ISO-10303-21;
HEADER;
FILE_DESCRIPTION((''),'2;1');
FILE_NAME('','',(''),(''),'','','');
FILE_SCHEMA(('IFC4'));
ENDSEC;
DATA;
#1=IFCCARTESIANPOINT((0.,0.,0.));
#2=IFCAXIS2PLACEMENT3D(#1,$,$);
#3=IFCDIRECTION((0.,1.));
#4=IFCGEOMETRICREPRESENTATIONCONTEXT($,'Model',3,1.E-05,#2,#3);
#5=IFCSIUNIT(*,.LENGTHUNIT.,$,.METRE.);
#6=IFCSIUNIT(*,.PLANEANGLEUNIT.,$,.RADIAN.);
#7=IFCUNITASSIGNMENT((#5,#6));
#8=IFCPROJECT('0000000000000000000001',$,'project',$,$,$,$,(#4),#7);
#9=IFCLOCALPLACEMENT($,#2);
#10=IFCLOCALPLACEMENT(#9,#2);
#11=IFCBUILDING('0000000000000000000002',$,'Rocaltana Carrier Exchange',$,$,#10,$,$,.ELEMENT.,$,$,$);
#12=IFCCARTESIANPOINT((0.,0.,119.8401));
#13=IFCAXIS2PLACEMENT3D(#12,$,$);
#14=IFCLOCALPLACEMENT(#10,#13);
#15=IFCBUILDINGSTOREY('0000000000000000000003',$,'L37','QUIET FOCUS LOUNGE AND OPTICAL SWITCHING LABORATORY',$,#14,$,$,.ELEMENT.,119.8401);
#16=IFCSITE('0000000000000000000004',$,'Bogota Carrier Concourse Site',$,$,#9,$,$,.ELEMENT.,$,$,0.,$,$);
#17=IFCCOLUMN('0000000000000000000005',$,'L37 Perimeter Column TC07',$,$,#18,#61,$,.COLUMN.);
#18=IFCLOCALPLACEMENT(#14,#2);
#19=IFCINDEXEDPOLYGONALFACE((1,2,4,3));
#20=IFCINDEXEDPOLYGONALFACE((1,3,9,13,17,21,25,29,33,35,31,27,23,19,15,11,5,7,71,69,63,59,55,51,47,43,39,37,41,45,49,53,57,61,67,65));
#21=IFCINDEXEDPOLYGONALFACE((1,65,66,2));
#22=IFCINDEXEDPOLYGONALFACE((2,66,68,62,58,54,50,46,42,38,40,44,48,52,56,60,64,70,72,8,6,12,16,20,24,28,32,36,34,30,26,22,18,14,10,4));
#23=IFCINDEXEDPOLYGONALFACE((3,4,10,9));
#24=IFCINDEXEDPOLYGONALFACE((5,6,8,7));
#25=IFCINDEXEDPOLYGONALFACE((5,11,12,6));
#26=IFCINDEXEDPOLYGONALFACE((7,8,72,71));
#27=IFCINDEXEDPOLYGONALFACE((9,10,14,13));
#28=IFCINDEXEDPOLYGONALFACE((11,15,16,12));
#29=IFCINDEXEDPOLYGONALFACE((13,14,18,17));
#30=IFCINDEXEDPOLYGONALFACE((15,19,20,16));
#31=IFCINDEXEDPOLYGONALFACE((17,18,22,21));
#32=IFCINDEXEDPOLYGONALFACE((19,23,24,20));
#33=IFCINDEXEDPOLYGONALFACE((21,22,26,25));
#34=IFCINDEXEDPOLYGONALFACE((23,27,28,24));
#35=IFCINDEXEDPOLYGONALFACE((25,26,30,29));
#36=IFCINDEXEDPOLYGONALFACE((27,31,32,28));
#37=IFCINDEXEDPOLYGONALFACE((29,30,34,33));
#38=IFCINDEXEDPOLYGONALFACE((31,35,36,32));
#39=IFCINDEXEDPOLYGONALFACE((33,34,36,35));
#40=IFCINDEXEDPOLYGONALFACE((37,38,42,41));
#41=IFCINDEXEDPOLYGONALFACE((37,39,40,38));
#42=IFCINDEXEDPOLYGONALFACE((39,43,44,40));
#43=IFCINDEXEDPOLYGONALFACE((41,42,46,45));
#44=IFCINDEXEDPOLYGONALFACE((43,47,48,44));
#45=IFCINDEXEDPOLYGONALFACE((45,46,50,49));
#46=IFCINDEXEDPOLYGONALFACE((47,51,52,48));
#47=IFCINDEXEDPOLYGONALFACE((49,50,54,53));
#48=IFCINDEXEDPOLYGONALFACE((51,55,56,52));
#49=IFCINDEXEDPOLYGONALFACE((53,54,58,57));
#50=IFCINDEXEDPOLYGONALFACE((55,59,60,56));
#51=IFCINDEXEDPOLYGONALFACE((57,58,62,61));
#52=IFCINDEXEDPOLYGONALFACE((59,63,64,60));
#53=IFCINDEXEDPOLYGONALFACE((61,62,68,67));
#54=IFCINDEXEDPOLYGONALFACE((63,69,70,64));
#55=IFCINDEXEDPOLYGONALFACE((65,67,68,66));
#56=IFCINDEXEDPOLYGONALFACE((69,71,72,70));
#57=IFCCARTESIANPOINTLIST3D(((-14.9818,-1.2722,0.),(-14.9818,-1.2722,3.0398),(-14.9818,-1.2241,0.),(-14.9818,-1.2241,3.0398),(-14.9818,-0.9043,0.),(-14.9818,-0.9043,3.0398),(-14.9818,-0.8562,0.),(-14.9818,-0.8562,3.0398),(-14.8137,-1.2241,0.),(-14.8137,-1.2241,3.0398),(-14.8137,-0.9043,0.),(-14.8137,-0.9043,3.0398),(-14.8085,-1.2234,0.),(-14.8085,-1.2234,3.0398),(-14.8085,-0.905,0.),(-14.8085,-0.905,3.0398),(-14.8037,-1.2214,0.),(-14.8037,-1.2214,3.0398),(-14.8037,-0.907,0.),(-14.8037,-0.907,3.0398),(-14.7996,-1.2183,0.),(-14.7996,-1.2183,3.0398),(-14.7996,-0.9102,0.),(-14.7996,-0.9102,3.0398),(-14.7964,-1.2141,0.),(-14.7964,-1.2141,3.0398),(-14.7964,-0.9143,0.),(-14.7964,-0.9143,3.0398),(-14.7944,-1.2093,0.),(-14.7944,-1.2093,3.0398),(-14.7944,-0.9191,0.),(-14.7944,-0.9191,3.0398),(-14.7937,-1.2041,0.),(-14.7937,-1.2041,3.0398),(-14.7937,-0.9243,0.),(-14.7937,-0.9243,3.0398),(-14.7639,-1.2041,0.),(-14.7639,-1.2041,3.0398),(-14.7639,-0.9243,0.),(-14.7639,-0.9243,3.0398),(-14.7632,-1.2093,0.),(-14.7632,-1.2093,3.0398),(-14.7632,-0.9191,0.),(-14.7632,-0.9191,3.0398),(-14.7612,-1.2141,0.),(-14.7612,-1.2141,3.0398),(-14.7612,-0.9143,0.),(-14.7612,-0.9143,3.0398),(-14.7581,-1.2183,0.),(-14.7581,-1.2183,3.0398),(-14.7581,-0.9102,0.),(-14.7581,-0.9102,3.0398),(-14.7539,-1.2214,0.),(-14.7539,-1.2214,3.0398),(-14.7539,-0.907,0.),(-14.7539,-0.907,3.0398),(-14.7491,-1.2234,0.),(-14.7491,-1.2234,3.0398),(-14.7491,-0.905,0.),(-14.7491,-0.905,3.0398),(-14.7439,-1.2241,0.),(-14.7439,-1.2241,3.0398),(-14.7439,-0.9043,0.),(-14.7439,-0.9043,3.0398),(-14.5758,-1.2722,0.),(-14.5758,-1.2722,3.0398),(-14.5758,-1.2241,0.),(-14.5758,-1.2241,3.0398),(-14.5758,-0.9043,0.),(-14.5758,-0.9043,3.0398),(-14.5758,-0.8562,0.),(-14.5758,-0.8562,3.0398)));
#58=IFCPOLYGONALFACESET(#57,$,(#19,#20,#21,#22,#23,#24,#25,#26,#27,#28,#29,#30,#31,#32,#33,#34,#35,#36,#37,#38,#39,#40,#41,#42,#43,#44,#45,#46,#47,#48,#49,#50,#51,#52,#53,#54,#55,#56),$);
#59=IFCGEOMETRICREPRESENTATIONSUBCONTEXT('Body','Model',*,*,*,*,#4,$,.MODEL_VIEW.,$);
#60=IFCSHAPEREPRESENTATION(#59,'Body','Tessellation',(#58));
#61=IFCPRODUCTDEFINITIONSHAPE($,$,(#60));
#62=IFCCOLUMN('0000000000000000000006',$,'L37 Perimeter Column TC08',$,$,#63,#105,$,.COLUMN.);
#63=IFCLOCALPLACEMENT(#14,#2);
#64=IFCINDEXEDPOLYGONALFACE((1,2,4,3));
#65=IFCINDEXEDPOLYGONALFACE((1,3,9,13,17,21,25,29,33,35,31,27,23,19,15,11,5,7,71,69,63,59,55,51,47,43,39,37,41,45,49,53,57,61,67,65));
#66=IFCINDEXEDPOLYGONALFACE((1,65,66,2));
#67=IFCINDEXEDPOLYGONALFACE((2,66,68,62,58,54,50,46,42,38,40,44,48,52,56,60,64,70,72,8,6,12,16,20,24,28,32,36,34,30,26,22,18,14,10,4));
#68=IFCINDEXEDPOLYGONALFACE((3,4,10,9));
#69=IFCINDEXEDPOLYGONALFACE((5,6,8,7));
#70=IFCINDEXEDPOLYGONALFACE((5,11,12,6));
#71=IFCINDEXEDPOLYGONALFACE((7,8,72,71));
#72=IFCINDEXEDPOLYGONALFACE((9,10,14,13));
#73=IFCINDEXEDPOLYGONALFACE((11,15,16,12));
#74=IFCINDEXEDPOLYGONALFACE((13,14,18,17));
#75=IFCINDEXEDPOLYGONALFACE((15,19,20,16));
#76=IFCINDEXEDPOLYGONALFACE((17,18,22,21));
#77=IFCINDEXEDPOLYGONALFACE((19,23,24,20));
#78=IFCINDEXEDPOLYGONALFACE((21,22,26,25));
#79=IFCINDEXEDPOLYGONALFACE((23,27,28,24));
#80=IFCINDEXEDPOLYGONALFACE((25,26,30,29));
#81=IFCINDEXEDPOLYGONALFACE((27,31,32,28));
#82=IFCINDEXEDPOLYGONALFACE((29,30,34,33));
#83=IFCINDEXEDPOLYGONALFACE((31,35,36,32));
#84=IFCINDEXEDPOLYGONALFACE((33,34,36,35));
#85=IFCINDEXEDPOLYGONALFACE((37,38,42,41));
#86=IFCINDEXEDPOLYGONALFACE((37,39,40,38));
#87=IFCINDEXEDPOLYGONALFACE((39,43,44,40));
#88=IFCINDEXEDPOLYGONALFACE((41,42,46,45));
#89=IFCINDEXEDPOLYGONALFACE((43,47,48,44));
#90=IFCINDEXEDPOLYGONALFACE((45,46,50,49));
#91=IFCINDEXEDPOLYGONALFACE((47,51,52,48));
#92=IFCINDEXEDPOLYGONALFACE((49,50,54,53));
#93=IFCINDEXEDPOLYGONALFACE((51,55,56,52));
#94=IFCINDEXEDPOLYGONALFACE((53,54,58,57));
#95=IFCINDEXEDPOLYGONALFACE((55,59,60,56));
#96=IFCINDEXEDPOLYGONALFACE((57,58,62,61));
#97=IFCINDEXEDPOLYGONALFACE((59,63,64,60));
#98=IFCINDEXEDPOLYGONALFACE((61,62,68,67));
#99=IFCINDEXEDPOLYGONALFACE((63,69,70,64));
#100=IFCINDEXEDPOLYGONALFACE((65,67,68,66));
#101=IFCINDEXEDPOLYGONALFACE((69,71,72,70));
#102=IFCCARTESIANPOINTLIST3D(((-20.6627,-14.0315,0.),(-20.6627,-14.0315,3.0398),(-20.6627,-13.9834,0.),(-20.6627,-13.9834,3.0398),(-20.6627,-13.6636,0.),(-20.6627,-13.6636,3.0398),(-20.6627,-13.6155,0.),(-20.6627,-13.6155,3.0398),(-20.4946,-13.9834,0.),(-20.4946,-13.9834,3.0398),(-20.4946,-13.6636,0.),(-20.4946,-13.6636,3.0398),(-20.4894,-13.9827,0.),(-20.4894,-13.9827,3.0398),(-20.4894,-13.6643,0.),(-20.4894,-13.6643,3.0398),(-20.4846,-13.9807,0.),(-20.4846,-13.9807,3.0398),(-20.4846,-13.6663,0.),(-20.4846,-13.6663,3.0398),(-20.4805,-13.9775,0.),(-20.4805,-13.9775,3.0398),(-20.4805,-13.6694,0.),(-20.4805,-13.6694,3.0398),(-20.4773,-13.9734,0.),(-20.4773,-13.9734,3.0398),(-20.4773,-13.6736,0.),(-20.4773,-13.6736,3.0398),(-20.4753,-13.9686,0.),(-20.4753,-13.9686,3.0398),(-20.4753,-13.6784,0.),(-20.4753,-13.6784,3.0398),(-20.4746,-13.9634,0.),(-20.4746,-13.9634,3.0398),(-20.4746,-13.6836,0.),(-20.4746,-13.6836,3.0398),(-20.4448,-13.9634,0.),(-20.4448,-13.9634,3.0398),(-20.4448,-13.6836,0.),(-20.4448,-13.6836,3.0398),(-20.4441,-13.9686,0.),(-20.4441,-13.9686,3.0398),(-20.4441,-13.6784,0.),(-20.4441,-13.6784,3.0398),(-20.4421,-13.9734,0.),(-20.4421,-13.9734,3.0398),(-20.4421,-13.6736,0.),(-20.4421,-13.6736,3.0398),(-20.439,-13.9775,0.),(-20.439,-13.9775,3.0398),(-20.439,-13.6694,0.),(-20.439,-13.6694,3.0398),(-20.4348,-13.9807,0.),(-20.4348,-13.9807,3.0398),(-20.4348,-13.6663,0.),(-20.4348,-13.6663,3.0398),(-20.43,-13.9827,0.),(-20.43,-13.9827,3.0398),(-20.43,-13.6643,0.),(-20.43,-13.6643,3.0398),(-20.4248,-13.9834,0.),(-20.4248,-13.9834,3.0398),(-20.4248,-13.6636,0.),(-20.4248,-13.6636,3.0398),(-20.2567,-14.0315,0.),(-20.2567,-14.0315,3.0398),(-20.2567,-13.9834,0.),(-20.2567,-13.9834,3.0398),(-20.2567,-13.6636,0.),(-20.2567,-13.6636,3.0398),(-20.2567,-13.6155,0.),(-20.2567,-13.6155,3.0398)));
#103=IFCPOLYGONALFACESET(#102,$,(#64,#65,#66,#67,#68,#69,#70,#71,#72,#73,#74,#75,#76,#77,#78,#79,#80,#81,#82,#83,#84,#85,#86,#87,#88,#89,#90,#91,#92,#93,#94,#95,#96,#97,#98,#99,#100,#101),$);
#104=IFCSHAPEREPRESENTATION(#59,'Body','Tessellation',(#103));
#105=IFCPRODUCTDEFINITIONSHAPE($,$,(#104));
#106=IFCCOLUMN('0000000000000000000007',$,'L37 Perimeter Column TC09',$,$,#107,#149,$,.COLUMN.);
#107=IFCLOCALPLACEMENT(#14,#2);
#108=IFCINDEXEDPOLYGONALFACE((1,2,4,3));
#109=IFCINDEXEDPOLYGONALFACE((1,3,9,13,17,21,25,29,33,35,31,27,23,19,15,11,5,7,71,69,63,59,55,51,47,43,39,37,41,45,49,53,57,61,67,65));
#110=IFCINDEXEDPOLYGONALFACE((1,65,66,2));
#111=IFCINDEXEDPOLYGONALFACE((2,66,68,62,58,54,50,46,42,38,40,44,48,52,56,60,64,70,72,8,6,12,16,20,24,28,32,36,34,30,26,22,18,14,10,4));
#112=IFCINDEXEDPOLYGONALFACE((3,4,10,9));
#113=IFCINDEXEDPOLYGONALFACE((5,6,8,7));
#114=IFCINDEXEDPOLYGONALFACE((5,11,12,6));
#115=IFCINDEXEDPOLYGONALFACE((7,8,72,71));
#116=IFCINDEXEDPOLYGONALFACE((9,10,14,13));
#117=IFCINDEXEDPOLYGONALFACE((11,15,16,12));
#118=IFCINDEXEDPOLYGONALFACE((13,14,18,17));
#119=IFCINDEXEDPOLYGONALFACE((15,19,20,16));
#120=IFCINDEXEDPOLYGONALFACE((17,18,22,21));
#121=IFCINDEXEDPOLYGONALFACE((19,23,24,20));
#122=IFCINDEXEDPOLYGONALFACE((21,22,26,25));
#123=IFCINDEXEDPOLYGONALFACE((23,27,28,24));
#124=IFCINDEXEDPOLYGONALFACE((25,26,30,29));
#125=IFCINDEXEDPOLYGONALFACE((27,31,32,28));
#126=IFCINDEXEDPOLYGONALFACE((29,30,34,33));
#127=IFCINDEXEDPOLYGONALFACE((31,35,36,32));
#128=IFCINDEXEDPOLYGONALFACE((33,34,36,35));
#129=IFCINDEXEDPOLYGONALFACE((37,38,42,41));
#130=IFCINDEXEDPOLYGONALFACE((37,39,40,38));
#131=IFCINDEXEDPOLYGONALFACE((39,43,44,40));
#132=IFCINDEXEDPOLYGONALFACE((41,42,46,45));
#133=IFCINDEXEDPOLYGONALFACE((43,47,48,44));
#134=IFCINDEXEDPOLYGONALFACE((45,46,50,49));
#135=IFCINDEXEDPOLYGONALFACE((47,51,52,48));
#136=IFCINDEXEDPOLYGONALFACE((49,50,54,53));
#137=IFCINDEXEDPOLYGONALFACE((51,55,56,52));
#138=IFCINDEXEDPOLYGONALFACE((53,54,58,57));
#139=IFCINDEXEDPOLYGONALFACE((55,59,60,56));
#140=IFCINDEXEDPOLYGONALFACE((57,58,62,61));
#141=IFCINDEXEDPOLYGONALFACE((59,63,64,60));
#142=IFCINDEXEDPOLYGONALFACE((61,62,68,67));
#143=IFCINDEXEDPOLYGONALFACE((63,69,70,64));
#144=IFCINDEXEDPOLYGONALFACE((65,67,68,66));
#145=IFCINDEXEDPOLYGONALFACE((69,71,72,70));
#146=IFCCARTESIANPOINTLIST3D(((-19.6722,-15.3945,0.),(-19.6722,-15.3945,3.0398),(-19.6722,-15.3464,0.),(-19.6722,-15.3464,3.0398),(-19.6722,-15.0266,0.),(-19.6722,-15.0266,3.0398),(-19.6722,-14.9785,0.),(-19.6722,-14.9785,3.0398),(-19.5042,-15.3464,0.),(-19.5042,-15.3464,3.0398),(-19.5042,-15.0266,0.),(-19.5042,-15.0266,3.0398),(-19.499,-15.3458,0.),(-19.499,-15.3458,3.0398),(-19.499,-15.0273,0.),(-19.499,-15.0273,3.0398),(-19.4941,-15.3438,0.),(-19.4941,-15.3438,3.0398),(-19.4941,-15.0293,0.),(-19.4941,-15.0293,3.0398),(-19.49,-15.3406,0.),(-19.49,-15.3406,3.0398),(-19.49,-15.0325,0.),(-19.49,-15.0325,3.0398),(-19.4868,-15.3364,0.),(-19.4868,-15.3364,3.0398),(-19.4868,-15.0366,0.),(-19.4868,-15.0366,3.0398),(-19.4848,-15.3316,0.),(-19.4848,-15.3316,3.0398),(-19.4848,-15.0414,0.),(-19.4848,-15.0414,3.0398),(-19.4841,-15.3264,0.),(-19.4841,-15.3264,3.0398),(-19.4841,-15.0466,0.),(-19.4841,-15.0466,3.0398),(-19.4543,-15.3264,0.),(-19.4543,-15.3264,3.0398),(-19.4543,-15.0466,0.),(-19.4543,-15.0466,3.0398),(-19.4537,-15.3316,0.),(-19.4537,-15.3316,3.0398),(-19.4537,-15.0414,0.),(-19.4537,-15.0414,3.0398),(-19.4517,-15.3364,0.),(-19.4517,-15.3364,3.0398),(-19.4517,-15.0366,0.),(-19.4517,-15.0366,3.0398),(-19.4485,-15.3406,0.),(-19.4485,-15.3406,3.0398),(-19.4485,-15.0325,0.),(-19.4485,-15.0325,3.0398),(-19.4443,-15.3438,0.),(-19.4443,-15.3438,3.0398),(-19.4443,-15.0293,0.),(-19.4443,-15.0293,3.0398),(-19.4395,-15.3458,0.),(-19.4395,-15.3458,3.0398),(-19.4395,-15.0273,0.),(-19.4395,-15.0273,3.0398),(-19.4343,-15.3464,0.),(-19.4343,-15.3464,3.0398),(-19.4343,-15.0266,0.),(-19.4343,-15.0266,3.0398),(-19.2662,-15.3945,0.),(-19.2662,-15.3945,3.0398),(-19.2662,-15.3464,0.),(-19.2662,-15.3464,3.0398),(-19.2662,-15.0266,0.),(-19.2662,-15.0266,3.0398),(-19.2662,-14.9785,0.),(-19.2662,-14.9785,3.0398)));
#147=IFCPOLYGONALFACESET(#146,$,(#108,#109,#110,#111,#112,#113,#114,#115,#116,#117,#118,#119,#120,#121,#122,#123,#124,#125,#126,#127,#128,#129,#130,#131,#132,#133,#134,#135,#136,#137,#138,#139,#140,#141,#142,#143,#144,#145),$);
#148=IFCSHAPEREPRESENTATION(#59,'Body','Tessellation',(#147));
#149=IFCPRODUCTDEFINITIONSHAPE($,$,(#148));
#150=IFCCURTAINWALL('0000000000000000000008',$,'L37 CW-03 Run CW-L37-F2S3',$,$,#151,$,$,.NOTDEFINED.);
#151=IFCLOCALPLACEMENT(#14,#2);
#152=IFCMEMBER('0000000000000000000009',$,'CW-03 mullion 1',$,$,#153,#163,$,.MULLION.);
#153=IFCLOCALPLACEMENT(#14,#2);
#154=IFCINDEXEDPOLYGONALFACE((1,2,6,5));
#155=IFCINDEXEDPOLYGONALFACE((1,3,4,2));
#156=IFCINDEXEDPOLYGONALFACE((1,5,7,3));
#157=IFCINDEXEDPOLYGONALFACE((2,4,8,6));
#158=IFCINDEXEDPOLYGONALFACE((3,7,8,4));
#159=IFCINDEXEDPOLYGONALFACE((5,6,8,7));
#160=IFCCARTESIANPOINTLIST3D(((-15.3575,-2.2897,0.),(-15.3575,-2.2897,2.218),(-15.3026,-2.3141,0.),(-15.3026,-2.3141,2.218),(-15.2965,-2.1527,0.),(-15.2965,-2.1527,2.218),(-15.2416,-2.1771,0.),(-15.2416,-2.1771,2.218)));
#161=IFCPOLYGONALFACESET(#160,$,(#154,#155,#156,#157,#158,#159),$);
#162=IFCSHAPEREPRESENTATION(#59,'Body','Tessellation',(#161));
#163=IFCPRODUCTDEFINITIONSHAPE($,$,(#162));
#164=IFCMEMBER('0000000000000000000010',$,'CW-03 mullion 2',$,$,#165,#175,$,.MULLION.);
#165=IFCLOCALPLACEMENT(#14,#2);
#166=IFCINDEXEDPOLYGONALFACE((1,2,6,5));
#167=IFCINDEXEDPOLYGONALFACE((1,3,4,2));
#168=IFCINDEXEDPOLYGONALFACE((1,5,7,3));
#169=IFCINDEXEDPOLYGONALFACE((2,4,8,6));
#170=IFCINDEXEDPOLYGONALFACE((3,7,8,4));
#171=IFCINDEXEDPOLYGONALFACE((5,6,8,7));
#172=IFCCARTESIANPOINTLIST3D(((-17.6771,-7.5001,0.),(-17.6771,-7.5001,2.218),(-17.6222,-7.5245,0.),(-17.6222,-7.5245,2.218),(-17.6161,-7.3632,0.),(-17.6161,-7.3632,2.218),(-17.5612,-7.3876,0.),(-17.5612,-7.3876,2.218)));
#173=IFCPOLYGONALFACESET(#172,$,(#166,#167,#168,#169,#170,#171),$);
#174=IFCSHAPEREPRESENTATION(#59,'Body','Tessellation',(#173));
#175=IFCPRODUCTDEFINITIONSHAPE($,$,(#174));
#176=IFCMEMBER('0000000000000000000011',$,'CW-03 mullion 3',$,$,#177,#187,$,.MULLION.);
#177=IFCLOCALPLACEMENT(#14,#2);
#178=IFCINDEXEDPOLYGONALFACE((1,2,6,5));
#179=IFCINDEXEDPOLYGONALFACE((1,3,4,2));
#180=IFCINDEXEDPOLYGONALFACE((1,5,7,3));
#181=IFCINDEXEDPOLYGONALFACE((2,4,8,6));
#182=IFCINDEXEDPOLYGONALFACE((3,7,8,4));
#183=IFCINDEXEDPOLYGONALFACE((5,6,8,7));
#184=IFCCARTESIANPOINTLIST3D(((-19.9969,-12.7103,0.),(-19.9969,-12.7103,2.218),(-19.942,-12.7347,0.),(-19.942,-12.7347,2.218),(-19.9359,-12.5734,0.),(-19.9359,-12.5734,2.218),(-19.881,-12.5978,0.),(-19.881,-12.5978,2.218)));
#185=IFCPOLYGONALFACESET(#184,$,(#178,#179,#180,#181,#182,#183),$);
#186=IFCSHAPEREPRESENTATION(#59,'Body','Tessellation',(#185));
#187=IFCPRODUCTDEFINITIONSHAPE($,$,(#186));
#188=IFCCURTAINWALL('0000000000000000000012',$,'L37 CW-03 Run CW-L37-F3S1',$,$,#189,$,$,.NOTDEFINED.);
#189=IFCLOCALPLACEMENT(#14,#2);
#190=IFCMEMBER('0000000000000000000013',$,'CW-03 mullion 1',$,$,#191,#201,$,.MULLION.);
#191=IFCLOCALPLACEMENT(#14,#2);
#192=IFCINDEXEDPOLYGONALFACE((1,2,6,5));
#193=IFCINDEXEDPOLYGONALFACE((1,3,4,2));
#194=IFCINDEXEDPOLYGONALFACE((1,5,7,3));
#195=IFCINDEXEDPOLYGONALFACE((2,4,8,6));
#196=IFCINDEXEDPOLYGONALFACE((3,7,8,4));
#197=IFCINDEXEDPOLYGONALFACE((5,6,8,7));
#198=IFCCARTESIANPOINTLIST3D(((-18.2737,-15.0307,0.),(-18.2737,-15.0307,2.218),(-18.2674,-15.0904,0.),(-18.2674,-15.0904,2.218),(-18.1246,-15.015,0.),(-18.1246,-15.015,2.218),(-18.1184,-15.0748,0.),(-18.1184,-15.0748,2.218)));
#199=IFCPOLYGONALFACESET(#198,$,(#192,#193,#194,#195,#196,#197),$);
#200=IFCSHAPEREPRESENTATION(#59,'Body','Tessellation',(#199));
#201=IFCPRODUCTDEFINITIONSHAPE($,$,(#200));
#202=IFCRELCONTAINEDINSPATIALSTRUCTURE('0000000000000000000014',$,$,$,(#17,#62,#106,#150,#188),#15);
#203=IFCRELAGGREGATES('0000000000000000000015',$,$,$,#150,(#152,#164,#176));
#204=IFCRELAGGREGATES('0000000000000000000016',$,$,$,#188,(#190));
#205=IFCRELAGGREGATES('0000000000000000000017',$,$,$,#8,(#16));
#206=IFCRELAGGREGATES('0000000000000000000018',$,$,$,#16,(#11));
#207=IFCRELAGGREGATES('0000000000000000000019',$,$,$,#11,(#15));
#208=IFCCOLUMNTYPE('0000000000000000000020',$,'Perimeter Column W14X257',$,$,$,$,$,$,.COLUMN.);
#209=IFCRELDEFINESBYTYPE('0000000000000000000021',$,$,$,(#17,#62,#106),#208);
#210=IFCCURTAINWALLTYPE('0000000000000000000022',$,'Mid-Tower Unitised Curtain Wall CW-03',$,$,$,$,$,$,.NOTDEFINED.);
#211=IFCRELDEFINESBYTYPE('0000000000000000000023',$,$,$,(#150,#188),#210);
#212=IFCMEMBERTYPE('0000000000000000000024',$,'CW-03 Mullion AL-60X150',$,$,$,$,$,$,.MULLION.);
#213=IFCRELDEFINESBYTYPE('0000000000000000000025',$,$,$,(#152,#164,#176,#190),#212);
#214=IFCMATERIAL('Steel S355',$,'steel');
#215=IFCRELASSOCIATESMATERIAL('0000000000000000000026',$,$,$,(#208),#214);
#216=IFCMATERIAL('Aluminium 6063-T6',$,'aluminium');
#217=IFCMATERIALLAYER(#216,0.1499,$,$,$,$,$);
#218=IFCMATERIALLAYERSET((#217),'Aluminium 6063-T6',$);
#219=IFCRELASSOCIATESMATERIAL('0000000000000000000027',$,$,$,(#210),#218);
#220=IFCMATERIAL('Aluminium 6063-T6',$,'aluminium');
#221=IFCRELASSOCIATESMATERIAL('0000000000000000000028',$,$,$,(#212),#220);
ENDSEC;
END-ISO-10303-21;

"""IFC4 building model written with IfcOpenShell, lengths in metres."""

from ifc_helpers import new_model, si_unit, direction, frame, origin, origin_2d, place, context, subcontext, project, spatial, rectangle, i_section, extrude, material, layer, layer_set, material_profile, profile_set, type_object, element, aggregate, save


model = new_model("IFC4")

# Units and contexts
model_context = context("Model", 3, precision=1e-05, world=origin(), true_north=direction((0.0, 1.0)))
body_context = subcontext(model_context, "Body", "Model", "MODEL_VIEW")
ifc_project = project(units=[si_unit("LENGTHUNIT", "METRE"), si_unit("PLANEANGLEUNIT", "RADIAN")], contexts=[model_context])

# Site, building, storey
site_placement = place(None, origin())
site = spatial("IfcSite", under=ifc_project, at=site_placement, Name="Bogota Carrier Concourse Site", CompositionType="ELEMENT", RefElevation=0.0)
building_placement = place(site_placement, origin())
building = spatial("IfcBuilding", under=site, at=building_placement, Name="Rocaltana Carrier Exchange", CompositionType="ELEMENT")
storey_placement = place(building_placement, frame((0.0, 0.0, 119.8401)))
storey = spatial("IfcBuildingStorey", under=building, at=storey_placement, Name="L37", Description="QUIET FOCUS LOUNGE AND OPTICAL SWITCHING LABORATORY", CompositionType="ELEMENT", Elevation=119.8401)

# Columns
ifc_material_1 = material(Name="Steel S355", Category="steel")
ifc_material_profile_1 = material_profile(ifc_material_1, i_section(OverallWidth=0.406, OverallDepth=0.416, WebThickness=0.0298, FlangeThickness=0.0481, FilletRadius=0.02, at=origin_2d()), Name="W14X257")
ifc_profile_set_1 = profile_set([ifc_material_profile_1], Name="Steel S355")
column_type = type_object("IfcColumnType", Name="Perimeter Column W14X257", PredefinedType="COLUMN", material=ifc_profile_set_1)
for number, where, z_axis, x_axis, name in (
    (1, (-14.7788, -1.0642, 0.0), (0.0, 0.0, 1.0), (1.0, 0.0, 0.0), "L37 Perimeter Column TC07"),
    (2, (-20.4597, -13.8235, 0.0), (0.0, 0.0, 1.0), (1.0, 0.0, 0.0), "L37 Perimeter Column TC08"),
    (3, (-19.4692, -15.1865, 0.0), (0.0, 0.0, 1.0), (1.0, 0.0, 0.0), "L37 Perimeter Column TC09"),
):
    element("IfcColumn", number, at=place(storey_placement, frame(where, z_axis=z_axis, x_axis=x_axis)), inside=storey, type_object=column_type, Name=name, PredefinedType="COLUMN", context=body_context, shape_type="SweptSolid", body=[
        extrude(i_section(OverallWidth=0.406, OverallDepth=0.416, WebThickness=0.0298, FlangeThickness=0.0481, FilletRadius=0.02, at=origin_2d()), origin(), (0.0, 0.0, 1.0), 3.0398),
    ])

# Curtain walls, members
ifc_material_2 = material(Name="Aluminium 6063-T6", Category="aluminium")
ifc_layer_1 = layer(ifc_material_2, 0.1499)
ifc_layer_set_1 = layer_set([ifc_layer_1], Name="Aluminium 6063-T6")
curtain_wall_type = type_object("IfcCurtainWallType", Name="Mid-Tower Unitised Curtain Wall CW-03", PredefinedType="NOTDEFINED", material=ifc_layer_set_1)
curtain_wall_1_placement = place(storey_placement, origin())
curtain_wall_1 = element("IfcCurtainWall", 4, at=curtain_wall_1_placement, inside=storey, type_object=curtain_wall_type, Name="L37 CW-03 Run CW-L37-F2S3", PredefinedType="NOTDEFINED")
ifc_material_3 = material(Name="Aluminium 6063-T6", Category="aluminium")
ifc_material_profile_2 = material_profile(ifc_material_3, rectangle(XDim=0.0601, YDim=0.1499, at=origin_2d()), Name="AL-60X150")
ifc_profile_set_2 = profile_set([ifc_material_profile_2], Name="Aluminium 6063-T6")
member_type_1 = type_object("IfcMemberType", Name="CW-03 Mullion AL-60X150", PredefinedType="MULLION", material=ifc_profile_set_2)
member_1_placement = place(storey_placement, frame((-15.2996, -2.2334, 0.0), z_axis=(0.0, 0.0, 1.0), x_axis=(0.913547, -0.406733, 0.0)))
member_1 = element("IfcMember", 5, at=member_1_placement, type_object=member_type_1, Name="CW-03 mullion 1", PredefinedType="MULLION", context=body_context, shape_type="SweptSolid", body=[
    extrude(rectangle(XDim=0.0601, YDim=0.1499, at=origin_2d()), origin(), (0.0, 0.0, 1.0), 2.218),
])
member_2_placement = place(storey_placement, frame((-17.6191, -7.4438, 0.0), z_axis=(0.0, 0.0, 1.0), x_axis=(0.913547, -0.406733, 0.0)))
member_2 = element("IfcMember", 6, at=member_2_placement, type_object=member_type_1, Name="CW-03 mullion 2", PredefinedType="MULLION", context=body_context, shape_type="SweptSolid", body=[
    extrude(rectangle(XDim=0.0601, YDim=0.1499, at=origin_2d()), origin(), (0.0, 0.0, 1.0), 2.218),
])
member_3_placement = place(storey_placement, frame((-19.939, -12.6541, 0.0), z_axis=(0.0, 0.0, 1.0), x_axis=(0.913547, -0.406733, 0.0)))
member_3 = element("IfcMember", 7, at=member_3_placement, type_object=member_type_1, Name="CW-03 mullion 3", PredefinedType="MULLION", context=body_context, shape_type="SweptSolid", body=[
    extrude(rectangle(XDim=0.0601, YDim=0.1499, at=origin_2d()), origin(), (0.0, 0.0, 1.0), 2.218),
])
curtain_wall_2_placement = place(storey_placement, origin())
curtain_wall_2 = element("IfcCurtainWall", 8, at=curtain_wall_2_placement, inside=storey, type_object=curtain_wall_type, Name="L37 CW-03 Run CW-L37-F3S1", PredefinedType="NOTDEFINED")
member_4_placement = place(storey_placement, frame((-18.196, -15.0527, 0.0), z_axis=(0.0, 0.0, 1.0), x_axis=(-0.104522, 0.994523, 0.0)))
member_4 = element("IfcMember", 9, at=member_4_placement, type_object=member_type_1, Name="CW-03 mullion 1", PredefinedType="MULLION", context=body_context, shape_type="SweptSolid", body=[
    extrude(rectangle(XDim=0.0601, YDim=0.1499, at=origin_2d()), origin(), (0.0, 0.0, 1.0), 2.218),
])

aggregate(curtain_wall_1, [member_1, member_2, member_3])
aggregate(curtain_wall_2, [member_4])

save(model, "model.ifc")
